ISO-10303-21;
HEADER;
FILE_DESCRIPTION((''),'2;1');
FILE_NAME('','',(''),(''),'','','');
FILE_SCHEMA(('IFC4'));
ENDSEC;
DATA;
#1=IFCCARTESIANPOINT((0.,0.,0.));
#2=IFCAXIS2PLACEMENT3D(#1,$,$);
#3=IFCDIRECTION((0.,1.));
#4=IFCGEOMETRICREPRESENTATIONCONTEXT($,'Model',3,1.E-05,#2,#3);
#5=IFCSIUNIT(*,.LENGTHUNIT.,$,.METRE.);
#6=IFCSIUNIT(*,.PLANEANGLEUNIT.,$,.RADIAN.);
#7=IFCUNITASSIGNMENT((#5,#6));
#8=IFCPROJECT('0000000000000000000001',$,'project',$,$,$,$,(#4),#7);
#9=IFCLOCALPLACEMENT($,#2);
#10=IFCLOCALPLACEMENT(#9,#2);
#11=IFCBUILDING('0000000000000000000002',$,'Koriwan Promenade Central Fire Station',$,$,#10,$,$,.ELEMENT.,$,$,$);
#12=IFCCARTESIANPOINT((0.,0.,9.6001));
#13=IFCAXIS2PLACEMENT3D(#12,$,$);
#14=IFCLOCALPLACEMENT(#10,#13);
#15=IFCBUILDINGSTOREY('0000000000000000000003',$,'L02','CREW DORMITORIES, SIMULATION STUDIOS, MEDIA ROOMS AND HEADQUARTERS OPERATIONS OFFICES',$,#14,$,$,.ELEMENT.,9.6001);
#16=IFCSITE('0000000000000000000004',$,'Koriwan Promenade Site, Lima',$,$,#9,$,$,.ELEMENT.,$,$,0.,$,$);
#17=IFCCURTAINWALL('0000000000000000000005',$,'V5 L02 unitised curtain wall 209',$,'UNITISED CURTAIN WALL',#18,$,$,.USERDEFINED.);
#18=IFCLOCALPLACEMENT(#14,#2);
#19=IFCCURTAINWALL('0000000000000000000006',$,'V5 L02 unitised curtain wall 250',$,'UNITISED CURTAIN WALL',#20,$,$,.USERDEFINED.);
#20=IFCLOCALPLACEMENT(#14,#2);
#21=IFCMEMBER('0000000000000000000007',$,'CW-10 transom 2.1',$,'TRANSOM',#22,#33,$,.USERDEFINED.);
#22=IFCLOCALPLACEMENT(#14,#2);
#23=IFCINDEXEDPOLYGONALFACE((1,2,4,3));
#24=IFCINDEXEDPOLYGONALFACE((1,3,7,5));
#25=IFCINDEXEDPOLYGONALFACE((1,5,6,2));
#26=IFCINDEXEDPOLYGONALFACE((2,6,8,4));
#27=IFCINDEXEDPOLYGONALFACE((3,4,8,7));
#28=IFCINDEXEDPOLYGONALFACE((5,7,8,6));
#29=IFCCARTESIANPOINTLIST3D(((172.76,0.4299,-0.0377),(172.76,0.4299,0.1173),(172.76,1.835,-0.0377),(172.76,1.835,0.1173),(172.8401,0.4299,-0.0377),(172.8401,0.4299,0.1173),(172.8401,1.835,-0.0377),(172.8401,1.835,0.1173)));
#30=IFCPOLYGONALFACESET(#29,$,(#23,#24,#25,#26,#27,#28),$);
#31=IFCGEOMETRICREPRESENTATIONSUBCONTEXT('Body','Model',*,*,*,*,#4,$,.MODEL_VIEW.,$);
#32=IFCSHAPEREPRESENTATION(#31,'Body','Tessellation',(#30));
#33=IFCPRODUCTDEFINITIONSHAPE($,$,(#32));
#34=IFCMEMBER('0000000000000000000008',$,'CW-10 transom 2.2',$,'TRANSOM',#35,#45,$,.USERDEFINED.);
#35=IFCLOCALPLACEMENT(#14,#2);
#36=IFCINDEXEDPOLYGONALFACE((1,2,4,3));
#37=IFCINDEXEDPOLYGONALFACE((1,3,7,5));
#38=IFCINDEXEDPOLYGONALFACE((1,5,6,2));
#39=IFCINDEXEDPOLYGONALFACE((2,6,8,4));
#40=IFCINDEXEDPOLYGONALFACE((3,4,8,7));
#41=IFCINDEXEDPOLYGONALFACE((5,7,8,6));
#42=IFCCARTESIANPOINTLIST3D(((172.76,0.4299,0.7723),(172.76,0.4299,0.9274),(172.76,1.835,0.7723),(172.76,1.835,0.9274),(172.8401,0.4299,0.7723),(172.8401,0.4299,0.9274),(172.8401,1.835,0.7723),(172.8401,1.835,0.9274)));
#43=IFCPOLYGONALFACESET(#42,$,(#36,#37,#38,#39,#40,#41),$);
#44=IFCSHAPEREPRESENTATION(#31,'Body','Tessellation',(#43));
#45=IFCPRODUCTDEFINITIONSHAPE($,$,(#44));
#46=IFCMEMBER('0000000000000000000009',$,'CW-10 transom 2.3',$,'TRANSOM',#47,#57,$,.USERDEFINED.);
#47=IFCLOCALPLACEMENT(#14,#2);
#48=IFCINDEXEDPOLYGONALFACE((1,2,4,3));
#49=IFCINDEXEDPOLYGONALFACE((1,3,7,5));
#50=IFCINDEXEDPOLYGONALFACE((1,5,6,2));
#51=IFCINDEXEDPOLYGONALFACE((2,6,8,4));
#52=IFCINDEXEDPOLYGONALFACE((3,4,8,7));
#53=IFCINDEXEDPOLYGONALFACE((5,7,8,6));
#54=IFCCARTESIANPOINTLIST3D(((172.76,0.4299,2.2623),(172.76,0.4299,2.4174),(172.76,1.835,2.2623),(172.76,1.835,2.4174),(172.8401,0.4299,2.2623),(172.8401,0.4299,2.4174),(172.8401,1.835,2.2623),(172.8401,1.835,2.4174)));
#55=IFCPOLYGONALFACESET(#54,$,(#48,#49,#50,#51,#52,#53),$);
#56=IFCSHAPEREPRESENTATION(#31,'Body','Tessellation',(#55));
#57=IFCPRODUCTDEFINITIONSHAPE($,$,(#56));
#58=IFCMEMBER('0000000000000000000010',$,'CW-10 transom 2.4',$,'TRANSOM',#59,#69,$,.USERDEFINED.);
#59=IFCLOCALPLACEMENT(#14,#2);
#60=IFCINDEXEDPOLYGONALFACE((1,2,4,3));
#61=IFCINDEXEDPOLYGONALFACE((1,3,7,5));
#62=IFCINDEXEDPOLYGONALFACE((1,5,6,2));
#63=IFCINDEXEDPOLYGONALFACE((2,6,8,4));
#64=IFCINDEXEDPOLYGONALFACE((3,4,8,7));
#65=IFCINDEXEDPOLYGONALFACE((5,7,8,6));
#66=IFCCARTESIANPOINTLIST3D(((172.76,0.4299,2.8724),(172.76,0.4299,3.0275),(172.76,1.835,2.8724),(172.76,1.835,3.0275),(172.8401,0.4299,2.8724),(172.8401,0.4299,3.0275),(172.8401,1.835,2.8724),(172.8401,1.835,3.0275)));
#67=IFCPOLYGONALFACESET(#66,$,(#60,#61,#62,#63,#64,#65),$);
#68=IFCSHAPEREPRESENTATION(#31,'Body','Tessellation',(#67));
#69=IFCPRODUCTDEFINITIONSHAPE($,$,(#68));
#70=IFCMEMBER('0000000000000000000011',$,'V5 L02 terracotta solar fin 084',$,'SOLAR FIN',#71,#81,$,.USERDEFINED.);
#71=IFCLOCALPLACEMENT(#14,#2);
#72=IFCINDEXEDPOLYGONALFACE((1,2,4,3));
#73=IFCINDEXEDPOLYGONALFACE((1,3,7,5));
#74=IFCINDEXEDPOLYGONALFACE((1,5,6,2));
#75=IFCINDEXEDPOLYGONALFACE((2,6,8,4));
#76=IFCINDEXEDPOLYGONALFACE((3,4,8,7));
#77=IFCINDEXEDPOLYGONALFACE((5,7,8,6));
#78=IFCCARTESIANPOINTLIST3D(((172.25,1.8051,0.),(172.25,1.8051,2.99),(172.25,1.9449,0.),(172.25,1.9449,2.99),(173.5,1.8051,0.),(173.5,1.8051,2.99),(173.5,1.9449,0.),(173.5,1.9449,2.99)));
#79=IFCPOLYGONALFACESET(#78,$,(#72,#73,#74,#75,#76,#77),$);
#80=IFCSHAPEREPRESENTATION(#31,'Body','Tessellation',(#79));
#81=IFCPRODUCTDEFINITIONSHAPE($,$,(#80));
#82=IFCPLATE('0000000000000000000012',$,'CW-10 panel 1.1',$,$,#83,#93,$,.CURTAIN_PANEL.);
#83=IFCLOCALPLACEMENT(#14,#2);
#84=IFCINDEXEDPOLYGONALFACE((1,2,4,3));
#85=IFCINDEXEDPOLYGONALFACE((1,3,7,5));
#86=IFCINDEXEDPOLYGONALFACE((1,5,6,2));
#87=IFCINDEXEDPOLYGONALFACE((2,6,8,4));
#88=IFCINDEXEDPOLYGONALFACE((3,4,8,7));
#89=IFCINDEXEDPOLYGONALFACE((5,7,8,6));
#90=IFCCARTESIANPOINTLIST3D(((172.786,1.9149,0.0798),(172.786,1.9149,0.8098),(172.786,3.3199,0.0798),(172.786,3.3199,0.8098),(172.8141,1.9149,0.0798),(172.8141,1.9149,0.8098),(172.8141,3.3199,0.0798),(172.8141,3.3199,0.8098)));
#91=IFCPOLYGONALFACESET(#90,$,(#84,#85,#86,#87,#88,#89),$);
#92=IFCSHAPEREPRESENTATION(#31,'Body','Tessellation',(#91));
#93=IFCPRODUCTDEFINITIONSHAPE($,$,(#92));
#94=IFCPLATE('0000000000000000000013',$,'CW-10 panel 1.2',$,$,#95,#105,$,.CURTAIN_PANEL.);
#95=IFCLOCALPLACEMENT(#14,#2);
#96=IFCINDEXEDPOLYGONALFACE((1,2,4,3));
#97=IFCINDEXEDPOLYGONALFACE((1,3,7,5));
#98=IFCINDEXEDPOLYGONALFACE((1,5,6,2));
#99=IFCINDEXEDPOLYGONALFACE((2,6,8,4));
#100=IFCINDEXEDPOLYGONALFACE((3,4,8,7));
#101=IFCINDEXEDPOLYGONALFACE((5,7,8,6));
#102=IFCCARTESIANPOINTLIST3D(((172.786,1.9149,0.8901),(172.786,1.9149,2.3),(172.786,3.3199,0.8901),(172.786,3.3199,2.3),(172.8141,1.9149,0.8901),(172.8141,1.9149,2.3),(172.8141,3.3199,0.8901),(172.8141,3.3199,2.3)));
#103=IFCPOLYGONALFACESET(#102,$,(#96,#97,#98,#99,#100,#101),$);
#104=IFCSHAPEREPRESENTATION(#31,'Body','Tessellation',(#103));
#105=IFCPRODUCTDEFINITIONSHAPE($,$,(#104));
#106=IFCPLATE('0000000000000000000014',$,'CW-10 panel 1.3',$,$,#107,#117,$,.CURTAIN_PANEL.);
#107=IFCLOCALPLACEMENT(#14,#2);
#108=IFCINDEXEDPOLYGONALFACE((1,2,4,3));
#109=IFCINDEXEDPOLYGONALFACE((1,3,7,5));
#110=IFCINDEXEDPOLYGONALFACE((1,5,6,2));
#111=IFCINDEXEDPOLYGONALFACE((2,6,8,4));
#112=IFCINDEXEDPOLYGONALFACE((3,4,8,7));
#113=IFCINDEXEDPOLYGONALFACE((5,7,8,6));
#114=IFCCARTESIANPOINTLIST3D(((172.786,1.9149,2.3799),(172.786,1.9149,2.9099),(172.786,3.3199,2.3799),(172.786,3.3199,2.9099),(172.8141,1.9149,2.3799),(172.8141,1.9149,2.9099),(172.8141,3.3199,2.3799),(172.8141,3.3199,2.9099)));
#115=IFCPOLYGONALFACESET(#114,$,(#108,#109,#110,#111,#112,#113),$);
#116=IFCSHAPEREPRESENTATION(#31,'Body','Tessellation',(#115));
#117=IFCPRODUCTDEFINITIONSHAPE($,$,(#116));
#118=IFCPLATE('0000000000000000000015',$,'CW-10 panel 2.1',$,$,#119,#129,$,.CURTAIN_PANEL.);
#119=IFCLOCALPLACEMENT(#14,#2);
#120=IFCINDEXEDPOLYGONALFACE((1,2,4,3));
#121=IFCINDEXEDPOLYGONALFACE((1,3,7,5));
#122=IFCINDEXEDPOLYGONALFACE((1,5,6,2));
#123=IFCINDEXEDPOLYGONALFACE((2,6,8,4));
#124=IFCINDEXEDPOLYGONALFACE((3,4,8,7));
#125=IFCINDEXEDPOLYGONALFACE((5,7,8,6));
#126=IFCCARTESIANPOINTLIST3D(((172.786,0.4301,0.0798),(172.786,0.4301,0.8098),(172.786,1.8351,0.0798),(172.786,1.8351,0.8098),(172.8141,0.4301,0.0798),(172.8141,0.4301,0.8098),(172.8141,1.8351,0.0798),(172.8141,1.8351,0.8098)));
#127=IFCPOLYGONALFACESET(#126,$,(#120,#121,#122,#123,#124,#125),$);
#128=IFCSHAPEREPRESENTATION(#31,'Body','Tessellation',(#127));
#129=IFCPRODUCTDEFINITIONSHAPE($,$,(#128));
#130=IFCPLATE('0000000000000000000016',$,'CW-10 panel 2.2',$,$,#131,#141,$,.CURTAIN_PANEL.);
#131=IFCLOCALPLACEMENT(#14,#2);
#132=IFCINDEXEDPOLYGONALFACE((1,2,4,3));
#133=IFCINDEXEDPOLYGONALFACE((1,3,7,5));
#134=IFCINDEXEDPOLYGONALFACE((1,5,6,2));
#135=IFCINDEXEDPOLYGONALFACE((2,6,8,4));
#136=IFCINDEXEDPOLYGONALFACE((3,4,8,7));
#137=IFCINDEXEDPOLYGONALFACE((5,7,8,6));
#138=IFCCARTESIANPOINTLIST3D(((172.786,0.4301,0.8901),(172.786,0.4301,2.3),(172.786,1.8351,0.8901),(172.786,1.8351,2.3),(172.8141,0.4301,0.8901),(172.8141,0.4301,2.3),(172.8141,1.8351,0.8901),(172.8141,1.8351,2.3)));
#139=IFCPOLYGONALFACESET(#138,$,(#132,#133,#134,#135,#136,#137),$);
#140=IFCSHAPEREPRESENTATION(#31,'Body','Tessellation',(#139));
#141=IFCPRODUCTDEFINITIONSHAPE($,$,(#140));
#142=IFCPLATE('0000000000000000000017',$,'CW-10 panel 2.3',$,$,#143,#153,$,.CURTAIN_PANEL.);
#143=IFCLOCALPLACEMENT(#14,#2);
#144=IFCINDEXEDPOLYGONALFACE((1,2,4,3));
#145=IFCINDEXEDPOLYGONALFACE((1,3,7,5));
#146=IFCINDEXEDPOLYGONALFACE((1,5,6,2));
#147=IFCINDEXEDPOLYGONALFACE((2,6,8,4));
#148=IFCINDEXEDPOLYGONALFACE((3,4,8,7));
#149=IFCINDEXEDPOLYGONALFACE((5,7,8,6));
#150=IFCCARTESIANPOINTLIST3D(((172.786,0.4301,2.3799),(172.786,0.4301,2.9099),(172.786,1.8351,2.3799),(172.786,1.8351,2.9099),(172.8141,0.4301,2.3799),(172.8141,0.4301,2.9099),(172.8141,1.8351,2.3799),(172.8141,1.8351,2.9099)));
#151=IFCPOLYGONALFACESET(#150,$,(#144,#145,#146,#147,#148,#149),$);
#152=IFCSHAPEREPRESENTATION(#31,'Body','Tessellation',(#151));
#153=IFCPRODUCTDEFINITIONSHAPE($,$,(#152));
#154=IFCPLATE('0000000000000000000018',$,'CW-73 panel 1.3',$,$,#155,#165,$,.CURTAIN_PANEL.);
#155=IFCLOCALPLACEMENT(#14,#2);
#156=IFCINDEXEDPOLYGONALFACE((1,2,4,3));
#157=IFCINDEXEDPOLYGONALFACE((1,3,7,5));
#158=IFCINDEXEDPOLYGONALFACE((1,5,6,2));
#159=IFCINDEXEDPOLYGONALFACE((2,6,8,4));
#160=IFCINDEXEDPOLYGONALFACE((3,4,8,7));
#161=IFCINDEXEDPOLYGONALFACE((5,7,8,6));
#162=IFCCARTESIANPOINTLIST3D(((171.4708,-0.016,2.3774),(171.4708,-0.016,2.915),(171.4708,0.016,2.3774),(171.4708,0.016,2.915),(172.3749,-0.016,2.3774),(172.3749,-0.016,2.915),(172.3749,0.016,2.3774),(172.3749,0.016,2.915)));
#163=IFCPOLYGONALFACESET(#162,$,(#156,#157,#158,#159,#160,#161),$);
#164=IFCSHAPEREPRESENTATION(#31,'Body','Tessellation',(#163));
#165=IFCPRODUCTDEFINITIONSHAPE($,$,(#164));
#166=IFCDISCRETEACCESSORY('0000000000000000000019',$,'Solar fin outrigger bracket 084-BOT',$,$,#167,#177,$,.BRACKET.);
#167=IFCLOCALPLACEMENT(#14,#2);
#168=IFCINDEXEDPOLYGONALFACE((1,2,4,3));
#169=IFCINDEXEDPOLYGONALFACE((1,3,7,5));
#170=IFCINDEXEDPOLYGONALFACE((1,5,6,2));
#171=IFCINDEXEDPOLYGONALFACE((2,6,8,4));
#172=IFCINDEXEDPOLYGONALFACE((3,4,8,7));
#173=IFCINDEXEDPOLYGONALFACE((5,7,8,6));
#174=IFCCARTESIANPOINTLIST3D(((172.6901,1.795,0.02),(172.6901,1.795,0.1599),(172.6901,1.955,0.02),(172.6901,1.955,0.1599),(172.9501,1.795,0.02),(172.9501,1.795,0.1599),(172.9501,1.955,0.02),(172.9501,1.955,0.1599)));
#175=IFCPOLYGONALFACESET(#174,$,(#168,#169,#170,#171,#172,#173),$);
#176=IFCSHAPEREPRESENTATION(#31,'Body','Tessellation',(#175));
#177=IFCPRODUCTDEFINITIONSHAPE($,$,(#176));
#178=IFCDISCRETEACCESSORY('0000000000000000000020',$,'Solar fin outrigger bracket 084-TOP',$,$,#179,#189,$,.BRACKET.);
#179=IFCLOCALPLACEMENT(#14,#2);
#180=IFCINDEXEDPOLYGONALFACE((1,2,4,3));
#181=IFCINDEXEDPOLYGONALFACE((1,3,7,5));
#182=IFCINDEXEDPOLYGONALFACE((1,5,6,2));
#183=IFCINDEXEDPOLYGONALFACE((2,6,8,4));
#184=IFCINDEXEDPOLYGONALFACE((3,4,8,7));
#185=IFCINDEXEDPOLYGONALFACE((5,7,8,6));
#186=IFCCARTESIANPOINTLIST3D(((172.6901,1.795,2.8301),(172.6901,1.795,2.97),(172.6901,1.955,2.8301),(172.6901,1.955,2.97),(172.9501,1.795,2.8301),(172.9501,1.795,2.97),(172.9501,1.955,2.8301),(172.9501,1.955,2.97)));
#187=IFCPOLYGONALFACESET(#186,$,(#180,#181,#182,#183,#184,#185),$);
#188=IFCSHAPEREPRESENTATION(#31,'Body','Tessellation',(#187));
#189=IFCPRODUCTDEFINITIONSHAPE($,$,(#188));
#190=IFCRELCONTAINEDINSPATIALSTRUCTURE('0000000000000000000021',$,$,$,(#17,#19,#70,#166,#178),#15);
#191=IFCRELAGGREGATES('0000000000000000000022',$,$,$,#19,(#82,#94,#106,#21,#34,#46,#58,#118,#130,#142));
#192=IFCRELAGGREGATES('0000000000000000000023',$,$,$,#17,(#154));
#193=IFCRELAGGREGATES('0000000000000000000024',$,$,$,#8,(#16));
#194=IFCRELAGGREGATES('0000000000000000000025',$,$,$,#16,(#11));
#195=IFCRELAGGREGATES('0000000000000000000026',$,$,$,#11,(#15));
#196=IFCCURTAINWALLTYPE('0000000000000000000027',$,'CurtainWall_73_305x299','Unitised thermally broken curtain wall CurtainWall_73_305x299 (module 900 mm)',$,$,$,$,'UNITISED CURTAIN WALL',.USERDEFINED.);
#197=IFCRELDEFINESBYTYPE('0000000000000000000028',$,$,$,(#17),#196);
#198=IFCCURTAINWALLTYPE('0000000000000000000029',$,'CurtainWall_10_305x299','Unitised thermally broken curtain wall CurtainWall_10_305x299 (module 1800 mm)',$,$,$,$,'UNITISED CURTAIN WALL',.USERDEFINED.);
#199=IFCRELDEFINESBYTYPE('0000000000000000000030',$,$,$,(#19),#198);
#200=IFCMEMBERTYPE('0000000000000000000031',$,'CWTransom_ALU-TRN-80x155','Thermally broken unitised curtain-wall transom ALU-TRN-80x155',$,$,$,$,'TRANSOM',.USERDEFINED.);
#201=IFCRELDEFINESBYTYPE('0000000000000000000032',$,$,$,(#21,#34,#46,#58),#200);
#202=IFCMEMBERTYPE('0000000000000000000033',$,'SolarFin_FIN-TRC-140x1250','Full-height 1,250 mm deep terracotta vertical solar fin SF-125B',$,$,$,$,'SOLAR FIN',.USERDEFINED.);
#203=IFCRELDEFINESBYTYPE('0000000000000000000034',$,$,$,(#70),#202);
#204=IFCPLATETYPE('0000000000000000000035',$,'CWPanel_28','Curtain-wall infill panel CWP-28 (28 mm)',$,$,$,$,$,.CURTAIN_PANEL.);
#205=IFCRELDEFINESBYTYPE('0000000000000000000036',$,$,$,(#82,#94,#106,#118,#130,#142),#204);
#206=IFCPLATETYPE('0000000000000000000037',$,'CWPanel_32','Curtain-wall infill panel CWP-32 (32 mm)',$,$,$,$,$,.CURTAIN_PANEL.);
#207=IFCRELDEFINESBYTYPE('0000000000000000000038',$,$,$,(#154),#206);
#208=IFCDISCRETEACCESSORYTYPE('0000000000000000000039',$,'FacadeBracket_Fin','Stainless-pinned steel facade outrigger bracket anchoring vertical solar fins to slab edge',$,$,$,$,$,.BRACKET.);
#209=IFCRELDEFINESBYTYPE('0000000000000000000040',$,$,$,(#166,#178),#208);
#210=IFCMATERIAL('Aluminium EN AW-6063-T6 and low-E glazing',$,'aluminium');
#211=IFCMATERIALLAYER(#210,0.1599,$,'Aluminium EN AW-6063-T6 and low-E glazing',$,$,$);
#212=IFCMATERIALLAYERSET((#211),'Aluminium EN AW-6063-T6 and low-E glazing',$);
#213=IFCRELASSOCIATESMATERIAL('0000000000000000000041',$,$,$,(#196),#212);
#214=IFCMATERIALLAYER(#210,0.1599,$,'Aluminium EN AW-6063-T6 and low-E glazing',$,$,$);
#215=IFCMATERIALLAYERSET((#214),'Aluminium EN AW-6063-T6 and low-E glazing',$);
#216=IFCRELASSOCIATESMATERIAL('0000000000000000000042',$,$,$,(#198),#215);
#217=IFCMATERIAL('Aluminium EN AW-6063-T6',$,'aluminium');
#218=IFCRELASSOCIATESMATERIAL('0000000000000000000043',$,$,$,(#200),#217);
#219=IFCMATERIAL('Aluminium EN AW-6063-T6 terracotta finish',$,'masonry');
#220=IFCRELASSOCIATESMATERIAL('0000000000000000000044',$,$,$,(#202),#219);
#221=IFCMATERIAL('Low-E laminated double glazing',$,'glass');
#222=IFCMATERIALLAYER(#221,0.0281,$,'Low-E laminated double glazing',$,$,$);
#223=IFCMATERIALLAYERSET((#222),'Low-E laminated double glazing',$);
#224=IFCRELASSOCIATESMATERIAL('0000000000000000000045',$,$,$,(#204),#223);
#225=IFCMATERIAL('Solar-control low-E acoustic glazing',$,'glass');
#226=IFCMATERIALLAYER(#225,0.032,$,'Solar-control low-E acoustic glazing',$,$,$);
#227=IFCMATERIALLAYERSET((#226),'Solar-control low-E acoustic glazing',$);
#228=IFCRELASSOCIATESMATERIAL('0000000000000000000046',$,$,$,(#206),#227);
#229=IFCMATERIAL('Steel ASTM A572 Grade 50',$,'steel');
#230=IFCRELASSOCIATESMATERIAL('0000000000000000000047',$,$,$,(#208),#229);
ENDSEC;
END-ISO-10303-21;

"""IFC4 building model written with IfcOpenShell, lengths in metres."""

from ifc_helpers import new_model, si_unit, direction, frame, origin, origin_2d, place, context, subcontext, project, spatial, rectangle, extrude, material, layer, layer_set, material_profile, profile_set, type_object, element, aggregate, save


model = new_model("IFC4")

# Units and contexts
model_context = context("Model", 3, precision=1e-05, world=origin(), true_north=direction((0.0, 1.0)))
body_context = subcontext(model_context, "Body", "Model", "MODEL_VIEW")
ifc_project = project(units=[si_unit("LENGTHUNIT", "METRE"), si_unit("PLANEANGLEUNIT", "RADIAN")], contexts=[model_context])

# Site, building, storey
site_placement = place(None, origin())
site = spatial("IfcSite", under=ifc_project, at=site_placement, Name="Koriwan Promenade Site, Lima", CompositionType="ELEMENT", RefElevation=0.0)
building_placement = place(site_placement, origin())
building = spatial("IfcBuilding", under=site, at=building_placement, Name="Koriwan Promenade Central Fire Station", CompositionType="ELEMENT")
storey_placement = place(building_placement, frame((0.0, 0.0, 9.6001)))
storey = spatial("IfcBuildingStorey", under=building, at=storey_placement, Name="L02", Description="CREW DORMITORIES, SIMULATION STUDIOS, MEDIA ROOMS AND HEADQUARTERS OPERATIONS OFFICES", CompositionType="ELEMENT", Elevation=9.6001)

# Curtain wall
ifc_material_1 = material(Name="Aluminium EN AW-6063-T6 and low-E glazing", Category="aluminium")
ifc_layer_1 = layer(ifc_material_1, 0.1599, Name="Aluminium EN AW-6063-T6 and low-E glazing")
ifc_layer_set_1 = layer_set([ifc_layer_1], Name="Aluminium EN AW-6063-T6 and low-E glazing")
curtain_wall_type_1 = type_object("IfcCurtainWallType", Name="CurtainWall_73_305x299", Description="Unitised thermally broken curtain wall CurtainWall_73_305x299 (module 900 mm)", ElementType="UNITISED CURTAIN WALL", PredefinedType="USERDEFINED", material=ifc_layer_set_1)
curtain_wall_1_placement = place(storey_placement, origin())
curtain_wall_1 = element("IfcCurtainWall", 1, at=curtain_wall_1_placement, inside=storey, type_object=curtain_wall_type_1, Name="V5 L02 unitised curtain wall 209", ObjectType="UNITISED CURTAIN WALL", PredefinedType="USERDEFINED")
ifc_material_2 = material(Name="Aluminium EN AW-6063-T6", Category="aluminium")

# Curtain wall
ifc_layer_2 = layer(ifc_material_1, 0.1599, Name="Aluminium EN AW-6063-T6 and low-E glazing")
ifc_layer_set_2 = layer_set([ifc_layer_2], Name="Aluminium EN AW-6063-T6 and low-E glazing")
curtain_wall_type_2 = type_object("IfcCurtainWallType", Name="CurtainWall_10_305x299", Description="Unitised thermally broken curtain wall CurtainWall_10_305x299 (module 1800 mm)", ElementType="UNITISED CURTAIN WALL", PredefinedType="USERDEFINED", material=ifc_layer_set_2)
curtain_wall_2_placement = place(storey_placement, origin())
curtain_wall_2 = element("IfcCurtainWall", 2, at=curtain_wall_2_placement, inside=storey, type_object=curtain_wall_type_2, Name="V5 L02 unitised curtain wall 250", ObjectType="UNITISED CURTAIN WALL", PredefinedType="USERDEFINED")

# Members
ifc_material_profile_1 = material_profile(ifc_material_2, rectangle(XDim=0.0801, YDim=0.155, at=origin_2d()), Name="ALU-TRN-80x155")
ifc_profile_set_1 = profile_set([ifc_material_profile_1], Name="Aluminium EN AW-6063-T6")
member_type_1 = type_object("IfcMemberType", Name="CWTransom_ALU-TRN-80x155", Description="Thermally broken unitised curtain-wall transom ALU-TRN-80x155", ElementType="TRANSOM", PredefinedType="USERDEFINED", material=ifc_profile_set_1)
member_1_placement = place(storey_placement, frame((172.8, 1.835, 0.0398), z_axis=(0.0, -1.0, 0.0), x_axis=(1.0, 0.0, 0.0)))
member_1 = element("IfcMember", 3, at=member_1_placement, type_object=member_type_1, Name="CW-10 transom 2.1", ObjectType="TRANSOM", PredefinedType="USERDEFINED", context=body_context, shape_type="SweptSolid", body=[
    extrude(rectangle(XDim=0.0801, YDim=0.155, at=origin_2d()), origin(), (0.0, 0.0, 1.0), 1.405),
])
member_2_placement = place(storey_placement, frame((172.8, 1.835, 0.8499), z_axis=(0.0, -1.0, 0.0), x_axis=(1.0, 0.0, 0.0)))
member_2 = element("IfcMember", 4, at=member_2_placement, type_object=member_type_1, Name="CW-10 transom 2.2", ObjectType="TRANSOM", PredefinedType="USERDEFINED", context=body_context, shape_type="SweptSolid", body=[
    extrude(rectangle(XDim=0.0801, YDim=0.155, at=origin_2d()), origin(), (0.0, 0.0, 1.0), 1.405),
])
member_3_placement = place(storey_placement, frame((172.8, 1.835, 2.3398), z_axis=(0.0, -1.0, 0.0), x_axis=(1.0, 0.0, 0.0)))
member_3 = element("IfcMember", 5, at=member_3_placement, type_object=member_type_1, Name="CW-10 transom 2.3", ObjectType="TRANSOM", PredefinedType="USERDEFINED", context=body_context, shape_type="SweptSolid", body=[
    extrude(rectangle(XDim=0.0801, YDim=0.155, at=origin_2d()), origin(), (0.0, 0.0, 1.0), 1.405),
])
member_4_placement = place(storey_placement, frame((172.8, 1.835, 2.95), z_axis=(0.0, -1.0, 0.0), x_axis=(1.0, 0.0, 0.0)))
member_4 = element("IfcMember", 6, at=member_4_placement, type_object=member_type_1, Name="CW-10 transom 2.4", ObjectType="TRANSOM", PredefinedType="USERDEFINED", context=body_context, shape_type="SweptSolid", body=[
    extrude(rectangle(XDim=0.0801, YDim=0.155, at=origin_2d()), origin(), (0.0, 0.0, 1.0), 1.405),
])
ifc_material_3 = material(Name="Aluminium EN AW-6063-T6 terracotta finish", Category="masonry")
ifc_material_profile_2 = material_profile(ifc_material_3, rectangle(XDim=0.1399, YDim=1.25, at=origin_2d()), Name="FIN-TRC-140x1250")
ifc_profile_set_2 = profile_set([ifc_material_profile_2], Name="Aluminium EN AW-6063-T6 terracotta finish")
member_type_2 = type_object("IfcMemberType", Name="SolarFin_FIN-TRC-140x1250", Description="Full-height 1,250 mm deep terracotta vertical solar fin SF-125B", ElementType="SOLAR FIN", PredefinedType="USERDEFINED", material=ifc_profile_set_2)
member_5_placement = place(storey_placement, frame((172.875, 1.875, 0.0), z_axis=(0.0, 0.0, 1.0), x_axis=(0.0, -1.0, 0.0)))
element("IfcMember", 7, at=member_5_placement, inside=storey, type_object=member_type_2, Name="V5 L02 terracotta solar fin 084", ObjectType="SOLAR FIN", PredefinedType="USERDEFINED", context=body_context, shape_type="SweptSolid", body=[
    extrude(rectangle(XDim=0.1399, YDim=1.25, at=origin_2d()), origin(), (0.0, 0.0, 1.0), 2.99),
])

# Plates
ifc_material_4 = material(Name="Low-E laminated double glazing", Category="glass")
ifc_layer_3 = layer(ifc_material_4, 0.0281, Name="Low-E laminated double glazing")
ifc_layer_set_3 = layer_set([ifc_layer_3], Name="Low-E laminated double glazing")
plate_type_1 = type_object("IfcPlateType", Name="CWPanel_28", Description="Curtain-wall infill panel CWP-28 (28 mm)", PredefinedType="CURTAIN_PANEL", material=ifc_layer_set_3)
plate_1_placement = place(storey_placement, frame((172.8, 2.6174, 0.0798), z_axis=(0.0, 0.0, 1.0), x_axis=(0.0, -1.0, 0.0)))
plate_1 = element("IfcPlate", 8, at=plate_1_placement, type_object=plate_type_1, Name="CW-10 panel 1.1", PredefinedType="CURTAIN_PANEL", context=body_context, shape_type="SweptSolid", body=[
    extrude(rectangle(XDim=1.405, YDim=0.0281, at=origin_2d()), origin(), (0.0, 0.0, 1.0), 0.73),
])
plate_2_placement = place(storey_placement, frame((172.8, 2.6174, 0.8901), z_axis=(0.0, 0.0, 1.0), x_axis=(0.0, -1.0, 0.0)))
plate_2 = element("IfcPlate", 9, at=plate_2_placement, type_object=plate_type_1, Name="CW-10 panel 1.2", PredefinedType="CURTAIN_PANEL", context=body_context, shape_type="SweptSolid", body=[
    extrude(rectangle(XDim=1.405, YDim=0.0281, at=origin_2d()), origin(), (0.0, 0.0, 1.0), 1.4099),
])
plate_3_placement = place(storey_placement, frame((172.8, 2.6174, 2.3799), z_axis=(0.0, 0.0, 1.0), x_axis=(0.0, -1.0, 0.0)))
plate_3 = element("IfcPlate", 10, at=plate_3_placement, type_object=plate_type_1, Name="CW-10 panel 1.3", PredefinedType="CURTAIN_PANEL", context=body_context, shape_type="SweptSolid", body=[
    extrude(rectangle(XDim=1.405, YDim=0.0281, at=origin_2d()), origin(), (0.0, 0.0, 1.0), 0.53),
])
plate_4_placement = place(storey_placement, frame((172.8, 1.1326, 0.0798), z_axis=(0.0, 0.0, 1.0), x_axis=(0.0, -1.0, 0.0)))
plate_4 = element("IfcPlate", 11, at=plate_4_placement, type_object=plate_type_1, Name="CW-10 panel 2.1", PredefinedType="CURTAIN_PANEL", context=body_context, shape_type="SweptSolid", body=[
    extrude(rectangle(XDim=1.405, YDim=0.0281, at=origin_2d()), origin(), (0.0, 0.0, 1.0), 0.73),
])
plate_5_placement = place(storey_placement, frame((172.8, 1.1326, 0.8901), z_axis=(0.0, 0.0, 1.0), x_axis=(0.0, -1.0, 0.0)))
plate_5 = element("IfcPlate", 12, at=plate_5_placement, type_object=plate_type_1, Name="CW-10 panel 2.2", PredefinedType="CURTAIN_PANEL", context=body_context, shape_type="SweptSolid", body=[
    extrude(rectangle(XDim=1.405, YDim=0.0281, at=origin_2d()), origin(), (0.0, 0.0, 1.0), 1.4099),
])
plate_6_placement = place(storey_placement, frame((172.8, 1.1326, 2.3799), z_axis=(0.0, 0.0, 1.0), x_axis=(0.0, -1.0, 0.0)))
plate_6 = element("IfcPlate", 13, at=plate_6_placement, type_object=plate_type_1, Name="CW-10 panel 2.3", PredefinedType="CURTAIN_PANEL", context=body_context, shape_type="SweptSolid", body=[
    extrude(rectangle(XDim=1.405, YDim=0.0281, at=origin_2d()), origin(), (0.0, 0.0, 1.0), 0.53),
])
aggregate(curtain_wall_2, [plate_1, plate_2, plate_3, member_1, member_2, member_3, member_4, plate_4, plate_5, plate_6])
ifc_material_5 = material(Name="Solar-control low-E acoustic glazing", Category="glass")
ifc_layer_4 = layer(ifc_material_5, 0.032, Name="Solar-control low-E acoustic glazing")
ifc_layer_set_4 = layer_set([ifc_layer_4], Name="Solar-control low-E acoustic glazing")
plate_type_2 = type_object("IfcPlateType", Name="CWPanel_32", Description="Curtain-wall infill panel CWP-32 (32 mm)", PredefinedType="CURTAIN_PANEL", material=ifc_layer_set_4)
plate_7_placement = place(storey_placement, frame((171.9229, 0.0, 2.3774), z_axis=(0.0, 0.0, 1.0), x_axis=(-1.0, 0.0, 0.0)))
plate_7 = element("IfcPlate", 14, at=plate_7_placement, type_object=plate_type_2, Name="CW-73 panel 1.3", PredefinedType="CURTAIN_PANEL", context=body_context, shape_type="SweptSolid", body=[
    extrude(rectangle(XDim=0.9041, YDim=0.032, at=origin_2d()), origin(), (0.0, 0.0, 1.0), 0.5376),
])
aggregate(curtain_wall_1, [plate_7])

# Discrete accessories
ifc_material_6 = material(Name="Steel ASTM A572 Grade 50", Category="steel")
discrete_accessory_type = type_object("IfcDiscreteAccessoryType", Name="FacadeBracket_Fin", Description="Stainless-pinned steel facade outrigger bracket anchoring vertical solar fins to slab edge", PredefinedType="BRACKET", material=ifc_material_6)
for number, where, z_axis, x_axis, name in (
    (15, (172.8201, 1.875, 0.02), (0.0, 0.0, 1.0), (1.0, 0.0, 0.0), "Solar fin outrigger bracket 084-BOT"),
    (16, (172.8201, 1.875, 2.8301), (0.0, 0.0, 1.0), (1.0, 0.0, 0.0), "Solar fin outrigger bracket 084-TOP"),
):
    element("IfcDiscreteAccessory", number, at=place(storey_placement, frame(where, z_axis=z_axis, x_axis=x_axis)), inside=storey, type_object=discrete_accessory_type, Name=name, PredefinedType="BRACKET", context=body_context, shape_type="SweptSolid", body=[
        extrude(rectangle(XDim=0.26, YDim=0.1599, at=origin_2d()), origin(), (0.0, 0.0, 1.0), 0.1399),
    ])

save(model, "model.ifc")
